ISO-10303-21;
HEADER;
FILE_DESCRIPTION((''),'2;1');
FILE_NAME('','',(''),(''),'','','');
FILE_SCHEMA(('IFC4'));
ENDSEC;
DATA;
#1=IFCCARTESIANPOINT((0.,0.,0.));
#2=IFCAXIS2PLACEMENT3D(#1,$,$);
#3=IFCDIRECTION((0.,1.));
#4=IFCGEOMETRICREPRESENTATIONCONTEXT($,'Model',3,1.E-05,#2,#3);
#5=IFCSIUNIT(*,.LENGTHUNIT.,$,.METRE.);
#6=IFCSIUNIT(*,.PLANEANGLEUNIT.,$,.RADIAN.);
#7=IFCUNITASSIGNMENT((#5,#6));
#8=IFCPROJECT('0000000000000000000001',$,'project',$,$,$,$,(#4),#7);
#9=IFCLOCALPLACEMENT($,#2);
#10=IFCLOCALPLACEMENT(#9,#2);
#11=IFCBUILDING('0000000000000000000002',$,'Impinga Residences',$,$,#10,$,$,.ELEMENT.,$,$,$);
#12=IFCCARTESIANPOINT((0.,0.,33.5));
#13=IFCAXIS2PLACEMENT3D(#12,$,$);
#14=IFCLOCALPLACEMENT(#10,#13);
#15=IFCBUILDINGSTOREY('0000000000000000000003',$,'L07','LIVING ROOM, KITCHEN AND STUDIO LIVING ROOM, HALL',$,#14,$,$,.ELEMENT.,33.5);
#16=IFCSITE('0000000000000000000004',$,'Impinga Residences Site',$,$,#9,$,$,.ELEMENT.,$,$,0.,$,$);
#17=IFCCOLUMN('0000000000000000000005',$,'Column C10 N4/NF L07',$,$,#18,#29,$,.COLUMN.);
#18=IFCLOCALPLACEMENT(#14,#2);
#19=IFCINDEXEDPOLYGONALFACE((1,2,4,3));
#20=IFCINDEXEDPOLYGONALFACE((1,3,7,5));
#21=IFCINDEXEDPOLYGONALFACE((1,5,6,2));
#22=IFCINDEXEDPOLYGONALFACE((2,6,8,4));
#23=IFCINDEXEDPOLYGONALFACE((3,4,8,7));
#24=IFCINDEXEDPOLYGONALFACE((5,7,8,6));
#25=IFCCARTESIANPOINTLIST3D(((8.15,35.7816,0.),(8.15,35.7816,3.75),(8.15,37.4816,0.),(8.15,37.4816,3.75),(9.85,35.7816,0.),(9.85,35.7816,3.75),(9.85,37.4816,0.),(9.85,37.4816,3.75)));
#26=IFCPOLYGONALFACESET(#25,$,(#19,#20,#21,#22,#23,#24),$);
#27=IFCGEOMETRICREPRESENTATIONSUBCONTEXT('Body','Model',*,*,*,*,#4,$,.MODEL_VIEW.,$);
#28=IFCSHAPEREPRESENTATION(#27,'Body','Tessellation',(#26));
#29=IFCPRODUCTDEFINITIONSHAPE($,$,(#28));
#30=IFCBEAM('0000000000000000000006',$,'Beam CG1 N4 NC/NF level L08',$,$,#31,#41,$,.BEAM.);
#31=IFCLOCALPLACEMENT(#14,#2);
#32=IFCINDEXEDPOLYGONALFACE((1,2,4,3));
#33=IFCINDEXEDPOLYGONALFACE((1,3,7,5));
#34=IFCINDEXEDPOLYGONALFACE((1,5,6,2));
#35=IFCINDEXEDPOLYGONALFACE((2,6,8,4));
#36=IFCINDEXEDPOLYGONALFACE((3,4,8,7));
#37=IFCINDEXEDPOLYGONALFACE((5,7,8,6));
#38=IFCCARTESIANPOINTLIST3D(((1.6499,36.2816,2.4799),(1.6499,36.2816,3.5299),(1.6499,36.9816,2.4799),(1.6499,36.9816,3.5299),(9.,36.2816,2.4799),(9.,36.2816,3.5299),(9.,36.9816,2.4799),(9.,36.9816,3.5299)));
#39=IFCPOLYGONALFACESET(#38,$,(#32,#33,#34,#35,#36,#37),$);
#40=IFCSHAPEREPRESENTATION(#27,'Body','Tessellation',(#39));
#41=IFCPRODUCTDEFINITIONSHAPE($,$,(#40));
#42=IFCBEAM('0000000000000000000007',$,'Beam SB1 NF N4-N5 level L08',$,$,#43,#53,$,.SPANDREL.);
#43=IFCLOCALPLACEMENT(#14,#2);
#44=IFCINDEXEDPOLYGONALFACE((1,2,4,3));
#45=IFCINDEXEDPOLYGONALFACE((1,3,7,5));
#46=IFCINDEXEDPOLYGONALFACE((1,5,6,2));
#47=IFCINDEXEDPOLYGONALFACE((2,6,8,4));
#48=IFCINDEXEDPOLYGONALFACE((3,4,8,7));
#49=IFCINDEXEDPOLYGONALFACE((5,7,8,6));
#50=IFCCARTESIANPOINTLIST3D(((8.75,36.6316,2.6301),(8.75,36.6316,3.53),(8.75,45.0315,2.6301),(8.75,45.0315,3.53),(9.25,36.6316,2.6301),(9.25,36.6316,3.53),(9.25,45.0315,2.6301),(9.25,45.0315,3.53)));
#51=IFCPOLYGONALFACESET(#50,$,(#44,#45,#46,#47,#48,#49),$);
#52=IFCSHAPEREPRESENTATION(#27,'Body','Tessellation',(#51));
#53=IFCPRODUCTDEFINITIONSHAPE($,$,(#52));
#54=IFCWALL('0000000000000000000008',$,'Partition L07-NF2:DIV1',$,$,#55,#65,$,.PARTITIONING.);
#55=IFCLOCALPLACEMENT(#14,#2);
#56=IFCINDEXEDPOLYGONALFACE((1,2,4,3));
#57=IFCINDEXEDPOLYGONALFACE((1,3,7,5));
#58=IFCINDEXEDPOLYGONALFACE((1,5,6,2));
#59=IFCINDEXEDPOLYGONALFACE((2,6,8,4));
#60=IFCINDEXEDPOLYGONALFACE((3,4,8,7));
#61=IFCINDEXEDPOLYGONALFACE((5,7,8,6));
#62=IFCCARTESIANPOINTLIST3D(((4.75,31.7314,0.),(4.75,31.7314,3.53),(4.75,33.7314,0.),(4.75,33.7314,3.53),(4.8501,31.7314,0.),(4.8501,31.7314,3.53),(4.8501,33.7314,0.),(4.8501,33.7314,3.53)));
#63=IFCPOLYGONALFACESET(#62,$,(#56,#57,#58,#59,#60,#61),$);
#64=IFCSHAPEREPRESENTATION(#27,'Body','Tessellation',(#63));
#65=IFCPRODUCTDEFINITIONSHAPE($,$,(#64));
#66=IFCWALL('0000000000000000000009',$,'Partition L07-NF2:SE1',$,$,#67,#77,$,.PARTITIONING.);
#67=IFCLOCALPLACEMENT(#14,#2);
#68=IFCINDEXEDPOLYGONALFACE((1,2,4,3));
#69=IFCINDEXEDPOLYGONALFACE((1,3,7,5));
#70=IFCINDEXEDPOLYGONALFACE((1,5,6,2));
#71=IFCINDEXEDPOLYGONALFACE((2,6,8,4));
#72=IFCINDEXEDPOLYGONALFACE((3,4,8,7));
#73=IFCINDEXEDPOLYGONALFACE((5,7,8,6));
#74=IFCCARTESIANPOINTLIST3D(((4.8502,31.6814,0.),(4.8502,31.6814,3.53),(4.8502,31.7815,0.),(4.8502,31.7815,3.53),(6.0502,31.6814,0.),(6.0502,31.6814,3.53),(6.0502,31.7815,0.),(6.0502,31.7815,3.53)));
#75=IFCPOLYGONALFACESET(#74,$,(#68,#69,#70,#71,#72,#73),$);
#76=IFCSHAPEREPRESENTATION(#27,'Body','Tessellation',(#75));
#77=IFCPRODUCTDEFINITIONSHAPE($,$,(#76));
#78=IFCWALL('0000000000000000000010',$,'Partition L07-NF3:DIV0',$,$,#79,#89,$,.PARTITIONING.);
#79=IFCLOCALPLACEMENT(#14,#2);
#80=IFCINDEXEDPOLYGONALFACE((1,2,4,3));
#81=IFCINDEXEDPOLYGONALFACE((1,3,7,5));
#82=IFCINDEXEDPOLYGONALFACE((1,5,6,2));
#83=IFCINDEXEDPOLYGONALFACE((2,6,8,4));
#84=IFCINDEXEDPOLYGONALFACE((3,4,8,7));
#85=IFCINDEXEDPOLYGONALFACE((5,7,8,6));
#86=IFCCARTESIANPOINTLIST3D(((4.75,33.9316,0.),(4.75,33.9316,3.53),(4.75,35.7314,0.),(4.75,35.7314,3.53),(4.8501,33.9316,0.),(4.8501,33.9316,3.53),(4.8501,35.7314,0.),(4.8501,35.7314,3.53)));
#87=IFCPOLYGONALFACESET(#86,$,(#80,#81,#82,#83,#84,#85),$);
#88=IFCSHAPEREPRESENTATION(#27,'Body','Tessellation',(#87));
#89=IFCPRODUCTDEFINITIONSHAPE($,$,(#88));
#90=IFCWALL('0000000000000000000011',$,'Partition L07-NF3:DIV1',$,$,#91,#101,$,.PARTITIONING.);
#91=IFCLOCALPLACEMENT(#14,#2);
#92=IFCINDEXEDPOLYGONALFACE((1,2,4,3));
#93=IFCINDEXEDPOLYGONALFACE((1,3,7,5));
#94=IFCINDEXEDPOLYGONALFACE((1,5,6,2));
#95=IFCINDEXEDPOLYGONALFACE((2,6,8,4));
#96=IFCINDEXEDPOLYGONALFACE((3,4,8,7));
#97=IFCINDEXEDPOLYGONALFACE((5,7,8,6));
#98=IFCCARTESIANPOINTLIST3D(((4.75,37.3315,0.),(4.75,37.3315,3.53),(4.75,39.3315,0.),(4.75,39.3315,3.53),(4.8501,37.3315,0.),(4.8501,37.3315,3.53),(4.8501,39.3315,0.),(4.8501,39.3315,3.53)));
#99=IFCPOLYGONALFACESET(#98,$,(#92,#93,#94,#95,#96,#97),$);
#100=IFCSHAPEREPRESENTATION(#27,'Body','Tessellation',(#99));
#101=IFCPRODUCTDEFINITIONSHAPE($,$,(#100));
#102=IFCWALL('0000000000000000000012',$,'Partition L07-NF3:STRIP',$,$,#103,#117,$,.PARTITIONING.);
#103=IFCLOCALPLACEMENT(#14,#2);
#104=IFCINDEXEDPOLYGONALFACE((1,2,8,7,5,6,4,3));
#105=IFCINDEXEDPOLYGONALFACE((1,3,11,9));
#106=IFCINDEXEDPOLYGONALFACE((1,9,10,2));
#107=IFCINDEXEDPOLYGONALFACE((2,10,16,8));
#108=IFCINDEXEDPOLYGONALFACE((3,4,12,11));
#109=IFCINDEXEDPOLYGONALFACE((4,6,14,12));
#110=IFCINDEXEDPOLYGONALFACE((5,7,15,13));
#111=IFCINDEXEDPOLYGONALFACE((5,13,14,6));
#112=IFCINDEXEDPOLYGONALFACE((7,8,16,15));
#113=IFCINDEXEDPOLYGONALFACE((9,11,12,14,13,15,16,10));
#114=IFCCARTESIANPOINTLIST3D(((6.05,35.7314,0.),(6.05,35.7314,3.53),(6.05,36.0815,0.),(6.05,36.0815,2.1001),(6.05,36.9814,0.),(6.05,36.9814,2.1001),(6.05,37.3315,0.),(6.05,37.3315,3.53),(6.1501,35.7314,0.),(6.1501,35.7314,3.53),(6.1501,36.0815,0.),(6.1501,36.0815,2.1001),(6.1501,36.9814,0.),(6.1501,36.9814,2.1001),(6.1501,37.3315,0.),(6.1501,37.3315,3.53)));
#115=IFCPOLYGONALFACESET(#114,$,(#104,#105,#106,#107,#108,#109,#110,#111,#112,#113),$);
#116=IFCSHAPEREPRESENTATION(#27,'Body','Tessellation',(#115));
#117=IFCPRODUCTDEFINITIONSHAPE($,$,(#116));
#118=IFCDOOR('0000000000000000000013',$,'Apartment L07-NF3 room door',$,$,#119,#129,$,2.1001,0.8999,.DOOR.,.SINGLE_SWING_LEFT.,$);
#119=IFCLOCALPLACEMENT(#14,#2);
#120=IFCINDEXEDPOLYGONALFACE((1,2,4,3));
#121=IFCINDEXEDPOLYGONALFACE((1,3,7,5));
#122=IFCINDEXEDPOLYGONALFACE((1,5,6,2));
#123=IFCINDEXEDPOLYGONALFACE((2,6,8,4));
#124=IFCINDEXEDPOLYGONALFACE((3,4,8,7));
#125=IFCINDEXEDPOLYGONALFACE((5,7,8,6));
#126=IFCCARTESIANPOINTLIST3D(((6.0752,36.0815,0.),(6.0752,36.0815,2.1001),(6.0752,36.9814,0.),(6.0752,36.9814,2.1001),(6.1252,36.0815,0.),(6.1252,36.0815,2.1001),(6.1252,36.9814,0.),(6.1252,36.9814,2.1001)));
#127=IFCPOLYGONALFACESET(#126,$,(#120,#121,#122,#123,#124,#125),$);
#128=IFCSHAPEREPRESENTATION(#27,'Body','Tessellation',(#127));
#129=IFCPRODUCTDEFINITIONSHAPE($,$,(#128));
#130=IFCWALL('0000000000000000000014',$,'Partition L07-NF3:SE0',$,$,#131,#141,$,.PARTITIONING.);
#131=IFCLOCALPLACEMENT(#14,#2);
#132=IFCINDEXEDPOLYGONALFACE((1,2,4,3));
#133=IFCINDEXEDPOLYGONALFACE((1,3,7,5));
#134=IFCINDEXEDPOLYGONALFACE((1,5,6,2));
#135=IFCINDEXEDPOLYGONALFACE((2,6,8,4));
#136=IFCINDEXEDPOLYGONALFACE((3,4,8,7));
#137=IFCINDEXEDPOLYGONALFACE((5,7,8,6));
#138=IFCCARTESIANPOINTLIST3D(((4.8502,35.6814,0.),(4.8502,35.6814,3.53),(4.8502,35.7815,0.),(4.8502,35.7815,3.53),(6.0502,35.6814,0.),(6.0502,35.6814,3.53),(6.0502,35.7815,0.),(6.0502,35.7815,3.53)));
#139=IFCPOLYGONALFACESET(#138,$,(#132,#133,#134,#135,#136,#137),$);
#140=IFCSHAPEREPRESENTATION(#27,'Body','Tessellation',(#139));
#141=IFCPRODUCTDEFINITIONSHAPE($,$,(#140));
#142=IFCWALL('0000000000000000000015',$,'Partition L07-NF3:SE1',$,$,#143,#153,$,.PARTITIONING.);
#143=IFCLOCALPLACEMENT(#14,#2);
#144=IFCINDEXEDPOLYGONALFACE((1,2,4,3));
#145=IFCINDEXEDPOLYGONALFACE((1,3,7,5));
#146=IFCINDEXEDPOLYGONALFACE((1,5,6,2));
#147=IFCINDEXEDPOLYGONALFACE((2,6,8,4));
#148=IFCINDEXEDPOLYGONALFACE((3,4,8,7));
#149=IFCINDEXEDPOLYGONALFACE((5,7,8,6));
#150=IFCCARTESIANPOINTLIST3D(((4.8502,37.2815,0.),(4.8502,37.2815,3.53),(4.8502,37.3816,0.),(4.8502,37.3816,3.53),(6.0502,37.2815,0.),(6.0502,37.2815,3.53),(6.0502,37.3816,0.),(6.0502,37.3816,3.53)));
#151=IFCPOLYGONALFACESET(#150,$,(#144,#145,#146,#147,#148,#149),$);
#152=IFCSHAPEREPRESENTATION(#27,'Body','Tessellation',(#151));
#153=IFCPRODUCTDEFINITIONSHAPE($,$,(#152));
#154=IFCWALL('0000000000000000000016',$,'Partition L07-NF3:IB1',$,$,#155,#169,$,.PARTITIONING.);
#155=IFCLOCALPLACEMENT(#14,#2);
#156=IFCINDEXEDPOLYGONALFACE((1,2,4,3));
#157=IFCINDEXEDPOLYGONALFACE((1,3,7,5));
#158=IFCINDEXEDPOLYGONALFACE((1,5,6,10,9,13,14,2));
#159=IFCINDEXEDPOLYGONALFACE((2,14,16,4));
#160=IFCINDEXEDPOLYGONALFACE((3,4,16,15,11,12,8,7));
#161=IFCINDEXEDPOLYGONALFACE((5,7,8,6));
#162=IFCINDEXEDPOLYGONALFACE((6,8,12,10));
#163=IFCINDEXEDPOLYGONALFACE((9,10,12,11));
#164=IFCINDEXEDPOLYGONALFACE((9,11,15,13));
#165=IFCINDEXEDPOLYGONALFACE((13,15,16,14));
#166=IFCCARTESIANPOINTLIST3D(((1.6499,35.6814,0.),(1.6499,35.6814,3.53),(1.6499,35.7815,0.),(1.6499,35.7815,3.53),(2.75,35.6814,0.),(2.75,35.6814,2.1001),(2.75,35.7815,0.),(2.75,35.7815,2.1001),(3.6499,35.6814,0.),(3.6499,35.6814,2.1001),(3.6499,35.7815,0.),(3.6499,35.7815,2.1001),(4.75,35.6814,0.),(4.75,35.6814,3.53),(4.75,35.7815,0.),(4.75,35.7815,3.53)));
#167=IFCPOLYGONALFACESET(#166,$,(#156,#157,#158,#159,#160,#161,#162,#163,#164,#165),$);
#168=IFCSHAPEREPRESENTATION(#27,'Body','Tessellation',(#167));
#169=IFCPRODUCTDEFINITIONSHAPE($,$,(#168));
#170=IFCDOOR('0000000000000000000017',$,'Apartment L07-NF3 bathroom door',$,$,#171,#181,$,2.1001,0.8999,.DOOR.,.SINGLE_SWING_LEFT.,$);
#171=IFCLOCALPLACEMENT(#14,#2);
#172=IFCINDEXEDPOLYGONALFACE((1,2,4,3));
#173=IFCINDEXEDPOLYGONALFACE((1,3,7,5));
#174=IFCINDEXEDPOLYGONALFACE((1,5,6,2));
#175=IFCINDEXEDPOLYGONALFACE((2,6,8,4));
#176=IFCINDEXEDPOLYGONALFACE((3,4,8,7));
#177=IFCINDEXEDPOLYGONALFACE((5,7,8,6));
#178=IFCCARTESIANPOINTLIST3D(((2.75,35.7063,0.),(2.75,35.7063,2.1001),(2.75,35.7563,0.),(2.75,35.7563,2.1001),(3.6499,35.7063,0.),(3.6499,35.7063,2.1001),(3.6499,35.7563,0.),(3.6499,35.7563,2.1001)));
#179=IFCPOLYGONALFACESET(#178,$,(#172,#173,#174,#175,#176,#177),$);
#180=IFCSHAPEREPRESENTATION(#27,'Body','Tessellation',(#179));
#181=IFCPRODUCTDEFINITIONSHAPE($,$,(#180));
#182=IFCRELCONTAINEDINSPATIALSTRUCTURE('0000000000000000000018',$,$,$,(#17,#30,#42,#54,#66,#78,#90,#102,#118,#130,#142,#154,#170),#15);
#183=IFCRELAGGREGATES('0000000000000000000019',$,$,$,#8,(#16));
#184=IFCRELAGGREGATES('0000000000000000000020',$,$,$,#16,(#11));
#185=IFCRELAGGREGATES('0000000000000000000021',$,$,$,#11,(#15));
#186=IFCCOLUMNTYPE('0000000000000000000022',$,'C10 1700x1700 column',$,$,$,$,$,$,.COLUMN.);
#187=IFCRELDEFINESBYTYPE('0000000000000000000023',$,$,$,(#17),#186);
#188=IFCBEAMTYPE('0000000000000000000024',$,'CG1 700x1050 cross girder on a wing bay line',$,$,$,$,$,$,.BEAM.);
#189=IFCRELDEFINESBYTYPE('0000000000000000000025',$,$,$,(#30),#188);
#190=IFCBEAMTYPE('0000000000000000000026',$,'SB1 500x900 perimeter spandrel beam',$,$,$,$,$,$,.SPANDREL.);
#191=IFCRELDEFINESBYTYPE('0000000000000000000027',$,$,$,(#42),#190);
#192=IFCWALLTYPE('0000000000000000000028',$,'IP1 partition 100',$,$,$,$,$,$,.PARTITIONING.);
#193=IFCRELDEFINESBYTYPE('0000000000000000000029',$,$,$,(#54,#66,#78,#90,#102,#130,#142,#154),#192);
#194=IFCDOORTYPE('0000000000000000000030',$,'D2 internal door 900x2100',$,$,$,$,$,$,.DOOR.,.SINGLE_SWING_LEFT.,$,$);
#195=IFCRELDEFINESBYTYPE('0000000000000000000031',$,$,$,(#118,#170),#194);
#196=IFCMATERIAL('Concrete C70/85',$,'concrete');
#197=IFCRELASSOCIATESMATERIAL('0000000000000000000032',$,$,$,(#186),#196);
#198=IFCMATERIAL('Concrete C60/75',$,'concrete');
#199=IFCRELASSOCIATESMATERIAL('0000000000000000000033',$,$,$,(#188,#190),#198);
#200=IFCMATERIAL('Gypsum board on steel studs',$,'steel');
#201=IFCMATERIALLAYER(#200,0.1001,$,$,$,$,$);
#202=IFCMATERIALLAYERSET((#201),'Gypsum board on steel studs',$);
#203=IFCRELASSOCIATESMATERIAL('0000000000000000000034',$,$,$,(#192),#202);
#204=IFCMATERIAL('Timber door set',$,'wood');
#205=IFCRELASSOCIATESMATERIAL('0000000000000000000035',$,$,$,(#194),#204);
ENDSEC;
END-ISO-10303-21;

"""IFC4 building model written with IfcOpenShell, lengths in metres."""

from ifc_helpers import new_model, si_unit, direction, frame, frame_2d, origin, origin_2d, place, context, subcontext, project, spatial, rectangle, extrude, material, layer, layer_set, material_profile, profile_set, type_object, element, fill, save


model = new_model("IFC4")

# Units and contexts
model_context = context("Model", 3, precision=1e-05, world=origin(), true_north=direction((0.0, 1.0)))
body_context = subcontext(model_context, "Body", "Model", "MODEL_VIEW")
ifc_project = project(units=[si_unit("LENGTHUNIT", "METRE"), si_unit("PLANEANGLEUNIT", "RADIAN")], contexts=[model_context])

# Site, building, storey
site_placement = place(None, origin())
site = spatial("IfcSite", under=ifc_project, at=site_placement, Name="Impinga Residences Site", CompositionType="ELEMENT", RefElevation=0.0)
building_placement = place(site_placement, origin())
building = spatial("IfcBuilding", under=site, at=building_placement, Name="Impinga Residences", CompositionType="ELEMENT")
storey_placement = place(building_placement, frame((0.0, 0.0, 33.5)))
storey = spatial("IfcBuildingStorey", under=building, at=storey_placement, Name="L07", Description="LIVING ROOM, KITCHEN AND STUDIO LIVING ROOM, HALL", CompositionType="ELEMENT", Elevation=33.5)

# Column
ifc_material_1 = material(Name="Concrete C70/85", Category="concrete")
ifc_material_profile_1 = material_profile(ifc_material_1, rectangle(XDim=1.7, YDim=1.7, at=origin_2d()), Name="RC 1700x1700")
ifc_profile_set_1 = profile_set([ifc_material_profile_1], Name="Concrete C70/85")
column_type = type_object("IfcColumnType", Name="C10 1700x1700 column", PredefinedType="COLUMN", material=ifc_profile_set_1)
column_placement = place(storey_placement, frame((9.0, 36.6316, 0.0), z_axis=(0.0, 0.0, 1.0), x_axis=(1.0, 0.0, 0.0)))
element("IfcColumn", 1, at=column_placement, inside=storey, type_object=column_type, Name="Column C10 N4/NF L07", PredefinedType="COLUMN", context=body_context, shape_type="SweptSolid", body=[
    extrude(rectangle(XDim=1.7, YDim=1.7, at=origin_2d()), origin(), (0.0, 0.0, 1.0), 3.75),
])

# Beams
ifc_material_2 = material(Name="Concrete C60/75", Category="concrete")
ifc_material_profile_2 = material_profile(ifc_material_2, rectangle(XDim=0.7, YDim=1.05, at=origin_2d()), Name="RC 700x1050")
ifc_profile_set_2 = profile_set([ifc_material_profile_2], Name="Concrete C60/75")
beam_type_1 = type_object("IfcBeamType", Name="CG1 700x1050 cross girder on a wing bay line", PredefinedType="BEAM", material=ifc_profile_set_2)
beam_1_placement = place(storey_placement, frame((1.6499, 36.6316, 3.0049), z_axis=(1.0, 0.0, 0.0), x_axis=(0.0, 1.0, 0.0)))
element("IfcBeam", 2, at=beam_1_placement, inside=storey, type_object=beam_type_1, Name="Beam CG1 N4 NC/NF level L08", PredefinedType="BEAM", context=body_context, shape_type="SweptSolid", body=[
    extrude(rectangle(XDim=0.7, YDim=1.05, at=origin_2d()), origin(), (0.0, 0.0, 1.0), 7.3501),
])
ifc_material_profile_3 = material_profile(ifc_material_2, rectangle(XDim=0.5, YDim=0.8999, at=origin_2d()), Name="RC 500x900")
ifc_profile_set_3 = profile_set([ifc_material_profile_3], Name="Concrete C60/75")
beam_type_2 = type_object("IfcBeamType", Name="SB1 500x900 perimeter spandrel beam", PredefinedType="SPANDREL", material=ifc_profile_set_3)
beam_2_placement = place(storey_placement, frame((9.0, 36.6316, 3.0801), z_axis=(0.0, 1.0, 0.0), x_axis=(-1.0, 0.0, 0.0)))
element("IfcBeam", 3, at=beam_2_placement, inside=storey, type_object=beam_type_2, Name="Beam SB1 NF N4-N5 level L08", PredefinedType="SPANDREL", context=body_context, shape_type="SweptSolid", body=[
    extrude(rectangle(XDim=0.5, YDim=0.8999, at=origin_2d()), origin(), (0.0, 0.0, 1.0), 8.3999),
])

# Walls
ifc_material_3 = material(Name="Gypsum board on steel studs", Category="steel")
ifc_layer_1 = layer(ifc_material_3, 0.1001)
ifc_layer_set_1 = layer_set([ifc_layer_1], Name="Gypsum board on steel studs")
wall_type_1 = type_object("IfcWallType", Name="IP1 partition 100", PredefinedType="PARTITIONING", material=ifc_layer_set_1)
wall_1_placement = place(storey_placement, frame((4.8, 31.7314, 0.0), z_axis=(0.0, 0.0, 1.0), x_axis=(0.0, 1.0, 0.0)))
element("IfcWall", 4, at=wall_1_placement, inside=storey, type_object=wall_type_1, Name="Partition L07-NF2:DIV1", PredefinedType="PARTITIONING", context=body_context, shape_type="SweptSolid", body=[
    extrude(rectangle(XDim=2.0, YDim=0.1001, at=frame_2d((1.0, 0.0))), origin(), (0.0, 0.0, 1.0), 3.53),
])
wall_2_placement = place(storey_placement, frame((4.8501, 31.7314, 0.0), z_axis=(0.0, 0.0, 1.0), x_axis=(1.0, 0.0, 0.0)))
element("IfcWall", 5, at=wall_2_placement, inside=storey, type_object=wall_type_1, Name="Partition L07-NF2:SE1", PredefinedType="PARTITIONING", context=body_context, shape_type="SweptSolid", body=[
    extrude(rectangle(XDim=1.2, YDim=0.1001, at=frame_2d((0.6001, 0.0))), origin(), (0.0, 0.0, 1.0), 3.53),
])
wall_3_placement = place(storey_placement, frame((4.8, 33.9316, 0.0), z_axis=(0.0, 0.0, 1.0), x_axis=(0.0, 1.0, 0.0)))
element("IfcWall", 6, at=wall_3_placement, inside=storey, type_object=wall_type_1, Name="Partition L07-NF3:DIV0", PredefinedType="PARTITIONING", context=body_context, shape_type="SweptSolid", body=[
    extrude(rectangle(XDim=1.7998, YDim=0.1001, at=frame_2d((0.8999, 0.0))), origin(), (0.0, 0.0, 1.0), 3.53),
])
wall_4_placement = place(storey_placement, frame((4.8, 37.3315, 0.0), z_axis=(0.0, 0.0, 1.0), x_axis=(0.0, 1.0, 0.0)))
element("IfcWall", 7, at=wall_4_placement, inside=storey, type_object=wall_type_1, Name="Partition L07-NF3:DIV1", PredefinedType="PARTITIONING", context=body_context, shape_type="SweptSolid", body=[
    extrude(rectangle(XDim=2.0, YDim=0.1001, at=frame_2d((1.0, 0.0))), origin(), (0.0, 0.0, 1.0), 3.53),
])

# Wall, opening, door
wall_5_placement = place(storey_placement, frame((6.1001, 35.7314, 0.0), z_axis=(0.0, 0.0, 1.0), x_axis=(0.0, 1.0, 0.0)))
wall_5 = element("IfcWall", 8, at=wall_5_placement, inside=storey, type_object=wall_type_1, Name="Partition L07-NF3:STRIP", PredefinedType="PARTITIONING", context=body_context, shape_type="SweptSolid", body=[
    extrude(rectangle(XDim=1.6001, YDim=0.1001, at=frame_2d((0.8, 0.0))), origin(), (0.0, 0.0, 1.0), 3.53),
])
opening_1_placement = place(wall_5_placement, frame((0.3501, 0.0, 0.0)))
opening_1 = element("IfcOpeningElement", 9, at=opening_1_placement, cuts=wall_5, PredefinedType="OPENING", context=body_context, shape_type="SweptSolid", body=[
    extrude(rectangle(XDim=0.8999, YDim=2.1001, at=frame_2d((0.45, 1.05))), frame((0.0, 0.0601, 0.0), z_axis=(0.0, -1.0, 0.0), x_axis=(1.0, 0.0, 0.0)), (0.0, 0.0, 1.0), 0.1201),
])
ifc_material_4 = material(Name="Timber door set", Category="wood")
door_type = type_object("IfcDoorType", Name="D2 internal door 900x2100", OperationType="SINGLE_SWING_LEFT", PredefinedType="DOOR", material=ifc_material_4)
door_1_placement = place(opening_1_placement, origin())
door_1 = element("IfcDoor", 10, at=door_1_placement, inside=storey, type_object=door_type, Name="Apartment L07-NF3 room door", OperationType="SINGLE_SWING_LEFT", OverallHeight=2.1001, OverallWidth=0.8999, PredefinedType="DOOR", context=body_context, shape_type="SweptSolid", body=[
    extrude(rectangle(XDim=0.8999, YDim=2.1001, at=frame_2d((0.45, 1.05))), frame((0.0, 0.0249, 0.0), z_axis=(0.0, -1.0, 0.0), x_axis=(1.0, 0.0, 0.0)), (0.0, 0.0, 1.0), 0.05),
])
fill(opening_1, door_1)

# Walls
for number, where, z_axis, x_axis, name in (
    (11, (4.8501, 35.7314, 0.0), (0.0, 0.0, 1.0), (1.0, 0.0, 0.0), "Partition L07-NF3:SE0"),
    (12, (4.8501, 37.3315, 0.0), (0.0, 0.0, 1.0), (1.0, 0.0, 0.0), "Partition L07-NF3:SE1"),
):
    element("IfcWall", number, at=place(storey_placement, frame(where, z_axis=z_axis, x_axis=x_axis)), inside=storey, type_object=wall_type_1, Name=name, PredefinedType="PARTITIONING", context=body_context, shape_type="SweptSolid", body=[
        extrude(rectangle(XDim=1.2, YDim=0.1001, at=frame_2d((0.6001, 0.0))), origin(), (0.0, 0.0, 1.0), 3.53),
    ])

# Wall, opening, door
wall_6_placement = place(storey_placement, frame((1.6499, 35.7314, 0.0), z_axis=(0.0, 0.0, 1.0), x_axis=(1.0, 0.0, 0.0)))
wall_6 = element("IfcWall", 13, at=wall_6_placement, inside=storey, type_object=wall_type_1, Name="Partition L07-NF3:IB1", PredefinedType="PARTITIONING", context=body_context, shape_type="SweptSolid", body=[
    extrude(rectangle(XDim=3.1001, YDim=0.1001, at=frame_2d((1.55, 0.0))), origin(), (0.0, 0.0, 1.0), 3.53),
])
opening_2_placement = place(wall_6_placement, frame((1.1001, 0.0, 0.0)))
opening_2 = element("IfcOpeningElement", 14, at=opening_2_placement, cuts=wall_6, PredefinedType="OPENING", context=body_context, shape_type="SweptSolid", body=[
    extrude(rectangle(XDim=0.8999, YDim=2.1001, at=frame_2d((0.45, 1.05))), frame((0.0, 0.0601, 0.0), z_axis=(0.0, -1.0, 0.0), x_axis=(1.0, 0.0, 0.0)), (0.0, 0.0, 1.0), 0.1201),
])
door_2_placement = place(opening_2_placement, origin())
door_2 = element("IfcDoor", 15, at=door_2_placement, inside=storey, type_object=door_type, Name="Apartment L07-NF3 bathroom door", OperationType="SINGLE_SWING_LEFT", OverallHeight=2.1001, OverallWidth=0.8999, PredefinedType="DOOR", context=body_context, shape_type="SweptSolid", body=[
    extrude(rectangle(XDim=0.8999, YDim=2.1001, at=frame_2d((0.45, 1.05))), frame((0.0, 0.0249, 0.0), z_axis=(0.0, -1.0, 0.0), x_axis=(1.0, 0.0, 0.0)), (0.0, 0.0, 1.0), 0.05),
])
fill(opening_2, door_2)

save(model, "model.ifc")
